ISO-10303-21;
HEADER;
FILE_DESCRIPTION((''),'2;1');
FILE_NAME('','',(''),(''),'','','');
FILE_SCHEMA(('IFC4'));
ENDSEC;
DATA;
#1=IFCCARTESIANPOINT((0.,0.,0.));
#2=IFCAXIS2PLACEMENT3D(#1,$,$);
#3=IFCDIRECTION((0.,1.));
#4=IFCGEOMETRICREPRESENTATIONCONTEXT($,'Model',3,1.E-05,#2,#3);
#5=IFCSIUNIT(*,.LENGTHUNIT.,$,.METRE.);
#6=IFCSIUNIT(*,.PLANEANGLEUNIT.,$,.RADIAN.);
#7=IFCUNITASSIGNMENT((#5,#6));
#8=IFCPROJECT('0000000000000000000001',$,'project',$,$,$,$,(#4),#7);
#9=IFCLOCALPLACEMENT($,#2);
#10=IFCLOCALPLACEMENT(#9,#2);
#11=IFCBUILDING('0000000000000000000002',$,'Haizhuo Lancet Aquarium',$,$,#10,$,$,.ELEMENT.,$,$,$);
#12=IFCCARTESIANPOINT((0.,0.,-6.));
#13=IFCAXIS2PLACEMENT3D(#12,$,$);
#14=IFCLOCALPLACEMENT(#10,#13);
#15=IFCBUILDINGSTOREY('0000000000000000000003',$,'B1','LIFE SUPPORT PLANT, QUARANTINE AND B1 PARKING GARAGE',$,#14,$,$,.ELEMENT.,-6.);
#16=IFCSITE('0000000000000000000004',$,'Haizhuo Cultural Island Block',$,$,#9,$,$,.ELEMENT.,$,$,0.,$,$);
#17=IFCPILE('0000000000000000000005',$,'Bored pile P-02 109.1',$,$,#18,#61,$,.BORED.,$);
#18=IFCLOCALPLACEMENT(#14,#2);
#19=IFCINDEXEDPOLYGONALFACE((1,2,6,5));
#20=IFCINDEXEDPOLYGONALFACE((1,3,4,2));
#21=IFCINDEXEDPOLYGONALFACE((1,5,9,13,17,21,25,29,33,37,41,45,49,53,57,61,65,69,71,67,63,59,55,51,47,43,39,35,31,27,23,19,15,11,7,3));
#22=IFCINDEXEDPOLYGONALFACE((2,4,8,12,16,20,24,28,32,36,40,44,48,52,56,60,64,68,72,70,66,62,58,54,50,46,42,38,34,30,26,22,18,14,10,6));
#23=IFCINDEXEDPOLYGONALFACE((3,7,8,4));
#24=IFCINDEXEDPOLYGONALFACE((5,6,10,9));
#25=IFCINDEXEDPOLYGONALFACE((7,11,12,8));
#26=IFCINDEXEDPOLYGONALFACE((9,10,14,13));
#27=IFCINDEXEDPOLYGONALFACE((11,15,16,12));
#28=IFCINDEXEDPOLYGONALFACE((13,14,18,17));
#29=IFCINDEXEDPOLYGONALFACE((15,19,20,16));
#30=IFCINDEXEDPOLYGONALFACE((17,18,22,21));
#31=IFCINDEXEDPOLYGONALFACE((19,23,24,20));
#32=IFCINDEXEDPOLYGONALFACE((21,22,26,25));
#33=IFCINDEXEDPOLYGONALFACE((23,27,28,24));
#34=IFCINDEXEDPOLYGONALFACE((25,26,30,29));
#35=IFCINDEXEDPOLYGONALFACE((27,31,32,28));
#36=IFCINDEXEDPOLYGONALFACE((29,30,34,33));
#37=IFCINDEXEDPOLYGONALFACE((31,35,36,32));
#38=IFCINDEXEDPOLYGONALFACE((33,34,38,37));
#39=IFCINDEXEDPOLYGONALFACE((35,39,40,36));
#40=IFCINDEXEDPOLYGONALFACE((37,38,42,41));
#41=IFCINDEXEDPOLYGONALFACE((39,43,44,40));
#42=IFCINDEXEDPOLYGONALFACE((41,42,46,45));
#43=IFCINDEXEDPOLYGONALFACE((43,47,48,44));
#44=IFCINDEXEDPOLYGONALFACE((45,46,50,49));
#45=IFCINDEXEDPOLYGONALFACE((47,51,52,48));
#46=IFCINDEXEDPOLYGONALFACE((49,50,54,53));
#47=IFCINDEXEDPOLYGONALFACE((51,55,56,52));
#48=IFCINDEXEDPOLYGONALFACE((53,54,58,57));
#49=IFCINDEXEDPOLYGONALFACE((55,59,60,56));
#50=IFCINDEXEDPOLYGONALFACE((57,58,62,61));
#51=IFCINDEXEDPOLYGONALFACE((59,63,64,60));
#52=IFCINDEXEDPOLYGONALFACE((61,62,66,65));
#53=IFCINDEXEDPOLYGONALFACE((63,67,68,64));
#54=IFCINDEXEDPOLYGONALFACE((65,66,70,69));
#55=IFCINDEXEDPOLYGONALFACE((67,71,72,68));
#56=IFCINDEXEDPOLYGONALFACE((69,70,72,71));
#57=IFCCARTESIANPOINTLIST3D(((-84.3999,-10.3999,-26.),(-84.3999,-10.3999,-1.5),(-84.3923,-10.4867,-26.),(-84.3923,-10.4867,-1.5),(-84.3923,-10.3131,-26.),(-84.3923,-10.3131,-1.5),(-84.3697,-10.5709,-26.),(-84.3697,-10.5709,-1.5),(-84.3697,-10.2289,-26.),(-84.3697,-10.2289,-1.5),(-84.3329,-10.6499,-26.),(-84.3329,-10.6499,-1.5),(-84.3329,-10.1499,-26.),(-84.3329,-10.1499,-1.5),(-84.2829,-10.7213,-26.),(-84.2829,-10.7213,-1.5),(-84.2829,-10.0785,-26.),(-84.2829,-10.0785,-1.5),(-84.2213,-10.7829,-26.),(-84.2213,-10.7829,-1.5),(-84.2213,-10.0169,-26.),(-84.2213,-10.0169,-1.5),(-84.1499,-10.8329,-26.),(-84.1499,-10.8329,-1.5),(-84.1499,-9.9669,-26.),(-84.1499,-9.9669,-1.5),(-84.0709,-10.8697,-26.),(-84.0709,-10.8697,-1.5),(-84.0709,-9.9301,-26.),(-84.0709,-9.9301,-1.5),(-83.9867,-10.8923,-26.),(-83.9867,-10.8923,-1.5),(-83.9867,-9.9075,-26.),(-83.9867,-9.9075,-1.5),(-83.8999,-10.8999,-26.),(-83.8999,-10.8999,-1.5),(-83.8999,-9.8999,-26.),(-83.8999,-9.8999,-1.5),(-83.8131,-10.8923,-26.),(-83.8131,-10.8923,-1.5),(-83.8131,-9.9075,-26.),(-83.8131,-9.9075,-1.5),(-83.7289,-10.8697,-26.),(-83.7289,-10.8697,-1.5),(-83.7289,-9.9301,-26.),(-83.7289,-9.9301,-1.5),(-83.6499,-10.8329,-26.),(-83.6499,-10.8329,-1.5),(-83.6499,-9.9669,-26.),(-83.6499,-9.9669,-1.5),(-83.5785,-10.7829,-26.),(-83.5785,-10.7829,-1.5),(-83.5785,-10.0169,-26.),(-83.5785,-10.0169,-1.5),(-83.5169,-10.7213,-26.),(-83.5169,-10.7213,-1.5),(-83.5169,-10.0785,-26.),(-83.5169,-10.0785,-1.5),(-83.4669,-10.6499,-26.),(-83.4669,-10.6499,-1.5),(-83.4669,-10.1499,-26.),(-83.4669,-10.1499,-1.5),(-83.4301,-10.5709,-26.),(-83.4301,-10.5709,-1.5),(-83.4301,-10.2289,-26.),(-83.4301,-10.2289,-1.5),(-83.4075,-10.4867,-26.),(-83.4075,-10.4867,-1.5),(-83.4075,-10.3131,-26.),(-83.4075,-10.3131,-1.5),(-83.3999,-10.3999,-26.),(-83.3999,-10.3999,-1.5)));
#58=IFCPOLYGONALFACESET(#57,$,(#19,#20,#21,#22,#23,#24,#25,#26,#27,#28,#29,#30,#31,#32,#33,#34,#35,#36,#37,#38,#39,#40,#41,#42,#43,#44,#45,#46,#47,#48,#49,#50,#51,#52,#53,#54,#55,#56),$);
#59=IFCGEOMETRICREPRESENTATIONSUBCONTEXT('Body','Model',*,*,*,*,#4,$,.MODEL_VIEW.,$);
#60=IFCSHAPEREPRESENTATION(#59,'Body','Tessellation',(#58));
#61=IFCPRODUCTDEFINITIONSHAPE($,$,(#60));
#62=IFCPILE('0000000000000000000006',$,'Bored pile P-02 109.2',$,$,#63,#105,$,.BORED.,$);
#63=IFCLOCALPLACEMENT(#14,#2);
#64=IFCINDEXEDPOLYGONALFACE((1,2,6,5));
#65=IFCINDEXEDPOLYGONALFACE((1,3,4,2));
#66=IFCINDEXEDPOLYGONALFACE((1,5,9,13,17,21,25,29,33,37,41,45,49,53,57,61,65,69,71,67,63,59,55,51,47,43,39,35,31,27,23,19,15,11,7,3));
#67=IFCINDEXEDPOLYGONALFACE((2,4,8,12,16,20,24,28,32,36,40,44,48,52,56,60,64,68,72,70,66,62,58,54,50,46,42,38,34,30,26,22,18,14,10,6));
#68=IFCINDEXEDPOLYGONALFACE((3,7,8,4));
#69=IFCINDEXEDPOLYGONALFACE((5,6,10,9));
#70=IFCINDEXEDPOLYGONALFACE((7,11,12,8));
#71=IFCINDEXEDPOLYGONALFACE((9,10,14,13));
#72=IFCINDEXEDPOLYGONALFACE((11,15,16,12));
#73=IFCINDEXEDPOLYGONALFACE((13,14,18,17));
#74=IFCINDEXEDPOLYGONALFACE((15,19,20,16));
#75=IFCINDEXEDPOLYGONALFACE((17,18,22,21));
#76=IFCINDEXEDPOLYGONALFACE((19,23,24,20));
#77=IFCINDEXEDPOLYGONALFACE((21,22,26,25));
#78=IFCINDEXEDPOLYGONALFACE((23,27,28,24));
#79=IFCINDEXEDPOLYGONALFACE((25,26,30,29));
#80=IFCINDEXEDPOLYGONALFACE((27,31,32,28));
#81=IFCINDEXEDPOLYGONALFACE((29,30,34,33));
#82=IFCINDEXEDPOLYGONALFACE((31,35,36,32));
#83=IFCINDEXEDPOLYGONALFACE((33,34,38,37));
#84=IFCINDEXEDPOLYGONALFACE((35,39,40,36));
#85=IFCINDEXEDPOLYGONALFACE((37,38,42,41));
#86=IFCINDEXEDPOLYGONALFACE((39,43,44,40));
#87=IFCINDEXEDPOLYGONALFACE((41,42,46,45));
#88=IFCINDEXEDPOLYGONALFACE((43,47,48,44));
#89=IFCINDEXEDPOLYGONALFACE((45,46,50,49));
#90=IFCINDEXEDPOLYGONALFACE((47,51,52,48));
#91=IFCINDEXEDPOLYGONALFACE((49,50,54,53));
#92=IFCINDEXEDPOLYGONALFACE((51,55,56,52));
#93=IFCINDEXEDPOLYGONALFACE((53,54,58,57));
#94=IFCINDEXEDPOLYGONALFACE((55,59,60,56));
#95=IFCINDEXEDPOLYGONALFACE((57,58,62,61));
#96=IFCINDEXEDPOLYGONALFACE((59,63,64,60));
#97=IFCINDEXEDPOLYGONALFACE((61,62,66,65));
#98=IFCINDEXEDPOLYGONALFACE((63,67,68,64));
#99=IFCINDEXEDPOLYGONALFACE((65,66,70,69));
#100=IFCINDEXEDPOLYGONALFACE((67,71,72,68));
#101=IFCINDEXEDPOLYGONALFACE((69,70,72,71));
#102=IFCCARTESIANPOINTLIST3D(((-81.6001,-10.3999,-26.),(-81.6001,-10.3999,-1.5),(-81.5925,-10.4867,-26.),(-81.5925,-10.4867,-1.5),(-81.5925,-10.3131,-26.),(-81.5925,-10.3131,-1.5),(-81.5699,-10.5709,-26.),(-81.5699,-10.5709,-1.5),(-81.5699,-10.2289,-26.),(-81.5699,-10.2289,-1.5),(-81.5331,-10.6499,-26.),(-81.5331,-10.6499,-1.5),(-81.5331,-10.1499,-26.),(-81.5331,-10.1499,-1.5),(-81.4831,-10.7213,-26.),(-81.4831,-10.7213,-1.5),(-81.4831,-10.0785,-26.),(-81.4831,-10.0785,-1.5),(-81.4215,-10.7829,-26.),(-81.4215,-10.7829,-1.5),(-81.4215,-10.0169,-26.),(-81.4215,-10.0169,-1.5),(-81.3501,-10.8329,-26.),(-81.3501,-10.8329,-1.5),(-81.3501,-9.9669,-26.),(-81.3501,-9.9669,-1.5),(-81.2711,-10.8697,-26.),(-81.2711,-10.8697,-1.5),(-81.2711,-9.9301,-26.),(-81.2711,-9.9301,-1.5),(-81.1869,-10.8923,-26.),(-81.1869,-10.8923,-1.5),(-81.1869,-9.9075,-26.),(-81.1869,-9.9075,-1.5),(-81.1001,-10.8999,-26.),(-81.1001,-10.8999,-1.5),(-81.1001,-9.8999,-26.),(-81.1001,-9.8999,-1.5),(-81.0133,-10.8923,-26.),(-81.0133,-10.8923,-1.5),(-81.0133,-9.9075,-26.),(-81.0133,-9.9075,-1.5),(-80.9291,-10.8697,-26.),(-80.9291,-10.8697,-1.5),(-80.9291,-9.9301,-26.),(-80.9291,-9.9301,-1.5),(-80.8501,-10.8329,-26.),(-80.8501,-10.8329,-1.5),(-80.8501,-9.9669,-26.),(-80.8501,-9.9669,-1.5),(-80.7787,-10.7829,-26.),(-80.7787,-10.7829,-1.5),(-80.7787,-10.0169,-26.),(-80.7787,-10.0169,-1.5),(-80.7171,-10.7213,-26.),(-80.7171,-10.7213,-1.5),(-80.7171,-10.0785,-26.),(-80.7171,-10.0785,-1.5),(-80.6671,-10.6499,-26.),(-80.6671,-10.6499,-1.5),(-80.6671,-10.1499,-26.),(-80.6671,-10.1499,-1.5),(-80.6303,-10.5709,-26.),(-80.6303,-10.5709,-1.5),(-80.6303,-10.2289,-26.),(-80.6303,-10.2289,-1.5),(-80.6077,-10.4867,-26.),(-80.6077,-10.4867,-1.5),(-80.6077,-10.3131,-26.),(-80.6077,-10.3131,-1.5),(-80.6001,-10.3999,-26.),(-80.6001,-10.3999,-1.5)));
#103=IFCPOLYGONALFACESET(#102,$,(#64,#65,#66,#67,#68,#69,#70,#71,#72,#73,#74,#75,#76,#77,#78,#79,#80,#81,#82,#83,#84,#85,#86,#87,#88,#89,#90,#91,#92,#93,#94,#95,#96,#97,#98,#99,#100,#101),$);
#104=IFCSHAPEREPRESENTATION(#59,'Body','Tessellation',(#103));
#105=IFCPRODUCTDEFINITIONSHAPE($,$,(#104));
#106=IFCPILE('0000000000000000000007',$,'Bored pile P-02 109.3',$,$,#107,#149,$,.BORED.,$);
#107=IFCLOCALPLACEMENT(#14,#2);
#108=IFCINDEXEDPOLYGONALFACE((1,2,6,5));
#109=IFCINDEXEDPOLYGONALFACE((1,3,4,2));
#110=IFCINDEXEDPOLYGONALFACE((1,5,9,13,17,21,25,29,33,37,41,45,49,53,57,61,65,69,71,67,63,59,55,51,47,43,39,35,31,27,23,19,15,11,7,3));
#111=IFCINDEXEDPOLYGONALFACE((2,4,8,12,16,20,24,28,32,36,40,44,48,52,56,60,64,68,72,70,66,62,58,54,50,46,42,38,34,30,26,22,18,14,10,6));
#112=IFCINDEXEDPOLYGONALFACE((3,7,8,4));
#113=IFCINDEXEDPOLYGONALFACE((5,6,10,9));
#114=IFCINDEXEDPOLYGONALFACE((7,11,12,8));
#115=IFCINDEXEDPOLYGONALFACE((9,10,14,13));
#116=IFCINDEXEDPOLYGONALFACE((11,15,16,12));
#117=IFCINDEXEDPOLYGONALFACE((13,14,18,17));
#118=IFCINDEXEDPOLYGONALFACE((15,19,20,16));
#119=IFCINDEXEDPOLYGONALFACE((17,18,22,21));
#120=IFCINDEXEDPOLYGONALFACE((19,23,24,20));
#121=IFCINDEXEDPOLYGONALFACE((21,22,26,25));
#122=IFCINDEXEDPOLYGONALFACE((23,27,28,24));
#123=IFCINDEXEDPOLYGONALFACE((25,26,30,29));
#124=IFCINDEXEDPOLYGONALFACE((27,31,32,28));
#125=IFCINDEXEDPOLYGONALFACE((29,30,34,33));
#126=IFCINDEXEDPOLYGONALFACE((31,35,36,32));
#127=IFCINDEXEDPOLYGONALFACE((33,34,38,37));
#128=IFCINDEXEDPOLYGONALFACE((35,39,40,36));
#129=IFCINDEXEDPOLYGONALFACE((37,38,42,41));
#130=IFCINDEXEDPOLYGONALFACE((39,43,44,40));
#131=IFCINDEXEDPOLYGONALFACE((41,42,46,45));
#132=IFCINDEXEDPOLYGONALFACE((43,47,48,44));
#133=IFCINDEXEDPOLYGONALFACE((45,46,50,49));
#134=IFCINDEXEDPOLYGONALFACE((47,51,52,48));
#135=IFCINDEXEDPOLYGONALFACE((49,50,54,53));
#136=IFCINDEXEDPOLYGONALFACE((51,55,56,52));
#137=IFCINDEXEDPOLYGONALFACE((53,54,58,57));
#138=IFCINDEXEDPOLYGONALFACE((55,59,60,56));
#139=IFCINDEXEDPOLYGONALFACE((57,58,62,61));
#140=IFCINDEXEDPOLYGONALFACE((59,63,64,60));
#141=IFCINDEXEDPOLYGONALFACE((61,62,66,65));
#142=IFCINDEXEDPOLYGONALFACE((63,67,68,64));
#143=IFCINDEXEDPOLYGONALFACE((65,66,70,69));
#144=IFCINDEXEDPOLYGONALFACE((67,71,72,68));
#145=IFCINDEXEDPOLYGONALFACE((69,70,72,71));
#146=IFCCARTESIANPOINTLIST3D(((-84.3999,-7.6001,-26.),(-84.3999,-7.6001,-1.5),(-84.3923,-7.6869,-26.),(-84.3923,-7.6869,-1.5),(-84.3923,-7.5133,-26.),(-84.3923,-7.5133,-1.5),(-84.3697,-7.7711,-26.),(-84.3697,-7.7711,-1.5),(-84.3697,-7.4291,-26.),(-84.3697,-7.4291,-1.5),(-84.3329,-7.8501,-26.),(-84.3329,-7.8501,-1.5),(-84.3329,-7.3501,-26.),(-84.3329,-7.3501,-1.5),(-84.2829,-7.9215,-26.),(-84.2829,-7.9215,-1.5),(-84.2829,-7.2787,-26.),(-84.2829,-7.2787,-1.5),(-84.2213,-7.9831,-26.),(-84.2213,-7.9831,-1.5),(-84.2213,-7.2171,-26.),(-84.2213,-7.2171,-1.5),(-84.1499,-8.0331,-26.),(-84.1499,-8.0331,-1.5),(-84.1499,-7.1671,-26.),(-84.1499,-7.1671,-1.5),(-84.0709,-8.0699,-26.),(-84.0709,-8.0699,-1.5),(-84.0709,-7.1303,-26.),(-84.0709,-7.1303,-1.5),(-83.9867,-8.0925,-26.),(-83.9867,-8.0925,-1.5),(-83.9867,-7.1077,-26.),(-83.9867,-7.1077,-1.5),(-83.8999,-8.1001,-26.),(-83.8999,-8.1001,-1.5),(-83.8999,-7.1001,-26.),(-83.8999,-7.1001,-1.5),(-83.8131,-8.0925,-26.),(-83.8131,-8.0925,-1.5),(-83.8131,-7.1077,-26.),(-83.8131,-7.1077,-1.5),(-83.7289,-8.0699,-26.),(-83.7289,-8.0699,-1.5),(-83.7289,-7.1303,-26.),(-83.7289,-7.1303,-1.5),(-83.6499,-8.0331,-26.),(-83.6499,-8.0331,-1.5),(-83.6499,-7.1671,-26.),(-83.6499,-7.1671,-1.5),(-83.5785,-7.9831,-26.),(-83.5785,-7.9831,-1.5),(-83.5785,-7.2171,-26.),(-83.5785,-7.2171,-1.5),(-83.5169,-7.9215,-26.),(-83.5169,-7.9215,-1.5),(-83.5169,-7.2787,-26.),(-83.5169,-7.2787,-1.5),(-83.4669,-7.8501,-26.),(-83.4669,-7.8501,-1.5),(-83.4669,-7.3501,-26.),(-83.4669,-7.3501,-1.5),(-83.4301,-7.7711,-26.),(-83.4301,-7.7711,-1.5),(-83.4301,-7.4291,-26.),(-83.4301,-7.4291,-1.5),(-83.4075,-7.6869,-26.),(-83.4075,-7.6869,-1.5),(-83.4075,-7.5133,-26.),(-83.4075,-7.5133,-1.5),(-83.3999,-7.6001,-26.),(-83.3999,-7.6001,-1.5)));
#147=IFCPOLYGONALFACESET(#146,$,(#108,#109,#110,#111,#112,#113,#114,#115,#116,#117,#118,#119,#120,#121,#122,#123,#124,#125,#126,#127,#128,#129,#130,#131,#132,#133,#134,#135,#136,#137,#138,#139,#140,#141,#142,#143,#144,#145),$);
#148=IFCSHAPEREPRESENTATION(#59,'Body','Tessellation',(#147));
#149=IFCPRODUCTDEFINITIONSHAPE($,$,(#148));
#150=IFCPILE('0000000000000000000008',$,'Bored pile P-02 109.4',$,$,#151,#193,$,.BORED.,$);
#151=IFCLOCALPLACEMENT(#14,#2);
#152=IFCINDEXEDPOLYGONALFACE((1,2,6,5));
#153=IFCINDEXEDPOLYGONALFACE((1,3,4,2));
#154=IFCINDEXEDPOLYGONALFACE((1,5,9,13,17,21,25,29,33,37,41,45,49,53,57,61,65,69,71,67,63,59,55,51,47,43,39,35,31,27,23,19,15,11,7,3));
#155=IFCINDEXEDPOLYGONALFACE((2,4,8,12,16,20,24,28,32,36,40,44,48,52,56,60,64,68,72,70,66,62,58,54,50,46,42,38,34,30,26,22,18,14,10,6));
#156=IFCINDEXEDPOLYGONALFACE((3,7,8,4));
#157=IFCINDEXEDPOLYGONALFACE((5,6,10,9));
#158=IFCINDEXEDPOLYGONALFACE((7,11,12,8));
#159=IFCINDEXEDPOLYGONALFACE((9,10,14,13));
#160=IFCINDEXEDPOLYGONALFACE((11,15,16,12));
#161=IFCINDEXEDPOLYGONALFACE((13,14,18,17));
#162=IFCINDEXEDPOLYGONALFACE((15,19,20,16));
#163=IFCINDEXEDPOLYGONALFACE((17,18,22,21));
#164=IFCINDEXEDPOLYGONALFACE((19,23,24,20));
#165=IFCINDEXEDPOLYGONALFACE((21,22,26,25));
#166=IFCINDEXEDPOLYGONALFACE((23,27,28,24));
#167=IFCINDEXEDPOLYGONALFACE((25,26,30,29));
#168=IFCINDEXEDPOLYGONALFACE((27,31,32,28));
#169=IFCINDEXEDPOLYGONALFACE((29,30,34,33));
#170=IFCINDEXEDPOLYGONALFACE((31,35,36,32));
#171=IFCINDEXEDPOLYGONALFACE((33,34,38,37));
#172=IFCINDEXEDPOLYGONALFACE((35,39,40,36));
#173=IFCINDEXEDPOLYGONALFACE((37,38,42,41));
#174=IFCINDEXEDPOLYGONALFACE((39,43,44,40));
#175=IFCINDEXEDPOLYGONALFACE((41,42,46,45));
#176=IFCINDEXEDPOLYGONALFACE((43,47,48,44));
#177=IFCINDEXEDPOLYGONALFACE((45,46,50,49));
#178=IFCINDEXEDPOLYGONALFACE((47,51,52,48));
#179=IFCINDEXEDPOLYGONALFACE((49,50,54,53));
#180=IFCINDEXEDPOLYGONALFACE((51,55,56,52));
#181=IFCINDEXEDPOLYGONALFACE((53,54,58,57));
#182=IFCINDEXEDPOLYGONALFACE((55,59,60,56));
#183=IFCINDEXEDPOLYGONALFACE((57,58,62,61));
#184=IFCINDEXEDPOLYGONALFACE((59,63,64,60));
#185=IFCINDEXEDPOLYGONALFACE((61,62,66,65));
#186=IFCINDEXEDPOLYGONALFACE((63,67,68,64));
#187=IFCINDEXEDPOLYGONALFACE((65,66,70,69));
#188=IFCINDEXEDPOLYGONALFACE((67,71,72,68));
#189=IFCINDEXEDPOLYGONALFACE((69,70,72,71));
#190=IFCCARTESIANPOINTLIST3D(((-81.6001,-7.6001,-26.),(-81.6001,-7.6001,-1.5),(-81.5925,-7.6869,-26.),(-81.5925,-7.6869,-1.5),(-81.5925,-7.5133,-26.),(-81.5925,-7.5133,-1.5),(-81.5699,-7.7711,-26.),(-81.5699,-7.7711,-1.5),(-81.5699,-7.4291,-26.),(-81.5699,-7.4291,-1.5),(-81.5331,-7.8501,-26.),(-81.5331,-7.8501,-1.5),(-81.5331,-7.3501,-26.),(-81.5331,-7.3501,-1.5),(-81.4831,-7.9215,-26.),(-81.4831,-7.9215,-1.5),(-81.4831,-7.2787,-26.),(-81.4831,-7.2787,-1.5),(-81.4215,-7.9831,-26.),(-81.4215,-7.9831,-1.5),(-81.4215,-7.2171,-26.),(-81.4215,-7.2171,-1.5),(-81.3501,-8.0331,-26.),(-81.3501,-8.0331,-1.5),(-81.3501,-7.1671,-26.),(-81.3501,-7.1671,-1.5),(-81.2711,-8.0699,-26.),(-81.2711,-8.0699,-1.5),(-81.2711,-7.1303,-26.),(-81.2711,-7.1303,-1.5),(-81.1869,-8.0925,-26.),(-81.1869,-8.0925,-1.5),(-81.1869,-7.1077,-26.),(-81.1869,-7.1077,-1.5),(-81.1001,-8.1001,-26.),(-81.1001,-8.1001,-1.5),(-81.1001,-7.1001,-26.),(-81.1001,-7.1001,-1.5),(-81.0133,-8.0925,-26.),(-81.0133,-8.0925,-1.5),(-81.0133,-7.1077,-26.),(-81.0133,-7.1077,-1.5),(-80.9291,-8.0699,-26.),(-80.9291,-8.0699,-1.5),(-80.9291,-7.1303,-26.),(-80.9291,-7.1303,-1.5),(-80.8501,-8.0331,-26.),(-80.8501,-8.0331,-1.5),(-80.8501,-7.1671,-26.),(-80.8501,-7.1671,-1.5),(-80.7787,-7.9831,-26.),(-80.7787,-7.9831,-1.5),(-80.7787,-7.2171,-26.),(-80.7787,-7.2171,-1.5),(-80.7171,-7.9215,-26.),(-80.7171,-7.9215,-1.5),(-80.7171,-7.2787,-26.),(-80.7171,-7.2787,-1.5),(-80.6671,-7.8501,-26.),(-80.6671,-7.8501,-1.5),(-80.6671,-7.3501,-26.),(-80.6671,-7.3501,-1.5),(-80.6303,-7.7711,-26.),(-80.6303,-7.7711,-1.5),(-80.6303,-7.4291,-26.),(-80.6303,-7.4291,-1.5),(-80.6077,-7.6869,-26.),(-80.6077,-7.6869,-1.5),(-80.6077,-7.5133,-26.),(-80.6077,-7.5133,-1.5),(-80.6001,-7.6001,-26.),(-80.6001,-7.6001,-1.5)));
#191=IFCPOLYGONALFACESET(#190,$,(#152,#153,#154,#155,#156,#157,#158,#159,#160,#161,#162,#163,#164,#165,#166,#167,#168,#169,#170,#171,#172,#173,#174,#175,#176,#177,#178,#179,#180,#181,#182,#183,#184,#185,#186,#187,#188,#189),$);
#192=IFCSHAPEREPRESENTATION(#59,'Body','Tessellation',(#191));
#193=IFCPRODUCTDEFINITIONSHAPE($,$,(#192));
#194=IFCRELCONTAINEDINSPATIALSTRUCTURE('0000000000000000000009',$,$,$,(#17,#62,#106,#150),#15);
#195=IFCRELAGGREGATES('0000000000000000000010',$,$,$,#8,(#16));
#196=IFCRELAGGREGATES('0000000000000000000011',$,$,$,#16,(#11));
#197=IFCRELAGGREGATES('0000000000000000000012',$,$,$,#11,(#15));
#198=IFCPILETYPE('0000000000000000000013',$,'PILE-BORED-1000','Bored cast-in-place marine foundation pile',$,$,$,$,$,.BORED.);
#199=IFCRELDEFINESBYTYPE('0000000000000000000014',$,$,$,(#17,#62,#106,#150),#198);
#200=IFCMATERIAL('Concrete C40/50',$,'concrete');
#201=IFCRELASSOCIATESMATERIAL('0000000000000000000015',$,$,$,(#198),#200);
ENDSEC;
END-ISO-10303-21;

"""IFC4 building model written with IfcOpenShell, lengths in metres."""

from ifc_helpers import new_model, si_unit, direction, frame, origin, origin_2d, place, context, subcontext, project, spatial, circle, extrude, material, material_profile, profile_set, type_object, element, save


model = new_model("IFC4")

# Units and contexts
model_context = context("Model", 3, precision=1e-05, world=origin(), true_north=direction((0.0, 1.0)))
body_context = subcontext(model_context, "Body", "Model", "MODEL_VIEW")
ifc_project = project(units=[si_unit("LENGTHUNIT", "METRE"), si_unit("PLANEANGLEUNIT", "RADIAN")], contexts=[model_context])

# Site, building, storey
site_placement = place(None, origin())
site = spatial("IfcSite", under=ifc_project, at=site_placement, Name="Haizhuo Cultural Island Block", CompositionType="ELEMENT", RefElevation=0.0)
building_placement = place(site_placement, origin())
building = spatial("IfcBuilding", under=site, at=building_placement, Name="Haizhuo Lancet Aquarium", CompositionType="ELEMENT")
storey_placement = place(building_placement, frame((0.0, 0.0, -6.0)))
storey = spatial("IfcBuildingStorey", under=building, at=storey_placement, Name="B1", Description="LIFE SUPPORT PLANT, QUARANTINE AND B1 PARKING GARAGE", CompositionType="ELEMENT", Elevation=-6.0)

# Shared definitions
ifc_material_1 = material(Name="Concrete C40/50", Category="concrete")

# Piles
ifc_material_profile_1 = material_profile(ifc_material_1, circle(Radius=0.5, at=origin_2d()), Name="PILE-1000")
ifc_profile_set_1 = profile_set([ifc_material_profile_1], Name="Concrete C40/50")
pile_type = type_object("IfcPileType", Name="PILE-BORED-1000", Description="Bored cast-in-place marine foundation pile", PredefinedType="BORED", material=ifc_profile_set_1)
for number, where, z_axis, x_axis, name in (
    (1, (-83.8999, -10.3999, -1.5), (0.0, 0.0, -1.0), (1.0, 0.0, 0.0), "Bored pile P-02 109.1"),
    (2, (-81.1001, -10.3999, -1.5), (0.0, 0.0, -1.0), (1.0, 0.0, 0.0), "Bored pile P-02 109.2"),
    (3, (-83.8999, -7.6001, -1.5), (0.0, 0.0, -1.0), (1.0, 0.0, 0.0), "Bored pile P-02 109.3"),
    (4, (-81.1001, -7.6001, -1.5), (0.0, 0.0, -1.0), (1.0, 0.0, 0.0), "Bored pile P-02 109.4"),
):
    element("IfcPile", number, at=place(storey_placement, frame(where, z_axis=z_axis, x_axis=x_axis)), inside=storey, type_object=pile_type, Name=name, PredefinedType="BORED", context=body_context, shape_type="SweptSolid", body=[
        extrude(circle(Radius=0.5, at=origin_2d()), origin(), (0.0, 0.0, 1.0), 24.5),
    ])

save(model, "model.ifc")
